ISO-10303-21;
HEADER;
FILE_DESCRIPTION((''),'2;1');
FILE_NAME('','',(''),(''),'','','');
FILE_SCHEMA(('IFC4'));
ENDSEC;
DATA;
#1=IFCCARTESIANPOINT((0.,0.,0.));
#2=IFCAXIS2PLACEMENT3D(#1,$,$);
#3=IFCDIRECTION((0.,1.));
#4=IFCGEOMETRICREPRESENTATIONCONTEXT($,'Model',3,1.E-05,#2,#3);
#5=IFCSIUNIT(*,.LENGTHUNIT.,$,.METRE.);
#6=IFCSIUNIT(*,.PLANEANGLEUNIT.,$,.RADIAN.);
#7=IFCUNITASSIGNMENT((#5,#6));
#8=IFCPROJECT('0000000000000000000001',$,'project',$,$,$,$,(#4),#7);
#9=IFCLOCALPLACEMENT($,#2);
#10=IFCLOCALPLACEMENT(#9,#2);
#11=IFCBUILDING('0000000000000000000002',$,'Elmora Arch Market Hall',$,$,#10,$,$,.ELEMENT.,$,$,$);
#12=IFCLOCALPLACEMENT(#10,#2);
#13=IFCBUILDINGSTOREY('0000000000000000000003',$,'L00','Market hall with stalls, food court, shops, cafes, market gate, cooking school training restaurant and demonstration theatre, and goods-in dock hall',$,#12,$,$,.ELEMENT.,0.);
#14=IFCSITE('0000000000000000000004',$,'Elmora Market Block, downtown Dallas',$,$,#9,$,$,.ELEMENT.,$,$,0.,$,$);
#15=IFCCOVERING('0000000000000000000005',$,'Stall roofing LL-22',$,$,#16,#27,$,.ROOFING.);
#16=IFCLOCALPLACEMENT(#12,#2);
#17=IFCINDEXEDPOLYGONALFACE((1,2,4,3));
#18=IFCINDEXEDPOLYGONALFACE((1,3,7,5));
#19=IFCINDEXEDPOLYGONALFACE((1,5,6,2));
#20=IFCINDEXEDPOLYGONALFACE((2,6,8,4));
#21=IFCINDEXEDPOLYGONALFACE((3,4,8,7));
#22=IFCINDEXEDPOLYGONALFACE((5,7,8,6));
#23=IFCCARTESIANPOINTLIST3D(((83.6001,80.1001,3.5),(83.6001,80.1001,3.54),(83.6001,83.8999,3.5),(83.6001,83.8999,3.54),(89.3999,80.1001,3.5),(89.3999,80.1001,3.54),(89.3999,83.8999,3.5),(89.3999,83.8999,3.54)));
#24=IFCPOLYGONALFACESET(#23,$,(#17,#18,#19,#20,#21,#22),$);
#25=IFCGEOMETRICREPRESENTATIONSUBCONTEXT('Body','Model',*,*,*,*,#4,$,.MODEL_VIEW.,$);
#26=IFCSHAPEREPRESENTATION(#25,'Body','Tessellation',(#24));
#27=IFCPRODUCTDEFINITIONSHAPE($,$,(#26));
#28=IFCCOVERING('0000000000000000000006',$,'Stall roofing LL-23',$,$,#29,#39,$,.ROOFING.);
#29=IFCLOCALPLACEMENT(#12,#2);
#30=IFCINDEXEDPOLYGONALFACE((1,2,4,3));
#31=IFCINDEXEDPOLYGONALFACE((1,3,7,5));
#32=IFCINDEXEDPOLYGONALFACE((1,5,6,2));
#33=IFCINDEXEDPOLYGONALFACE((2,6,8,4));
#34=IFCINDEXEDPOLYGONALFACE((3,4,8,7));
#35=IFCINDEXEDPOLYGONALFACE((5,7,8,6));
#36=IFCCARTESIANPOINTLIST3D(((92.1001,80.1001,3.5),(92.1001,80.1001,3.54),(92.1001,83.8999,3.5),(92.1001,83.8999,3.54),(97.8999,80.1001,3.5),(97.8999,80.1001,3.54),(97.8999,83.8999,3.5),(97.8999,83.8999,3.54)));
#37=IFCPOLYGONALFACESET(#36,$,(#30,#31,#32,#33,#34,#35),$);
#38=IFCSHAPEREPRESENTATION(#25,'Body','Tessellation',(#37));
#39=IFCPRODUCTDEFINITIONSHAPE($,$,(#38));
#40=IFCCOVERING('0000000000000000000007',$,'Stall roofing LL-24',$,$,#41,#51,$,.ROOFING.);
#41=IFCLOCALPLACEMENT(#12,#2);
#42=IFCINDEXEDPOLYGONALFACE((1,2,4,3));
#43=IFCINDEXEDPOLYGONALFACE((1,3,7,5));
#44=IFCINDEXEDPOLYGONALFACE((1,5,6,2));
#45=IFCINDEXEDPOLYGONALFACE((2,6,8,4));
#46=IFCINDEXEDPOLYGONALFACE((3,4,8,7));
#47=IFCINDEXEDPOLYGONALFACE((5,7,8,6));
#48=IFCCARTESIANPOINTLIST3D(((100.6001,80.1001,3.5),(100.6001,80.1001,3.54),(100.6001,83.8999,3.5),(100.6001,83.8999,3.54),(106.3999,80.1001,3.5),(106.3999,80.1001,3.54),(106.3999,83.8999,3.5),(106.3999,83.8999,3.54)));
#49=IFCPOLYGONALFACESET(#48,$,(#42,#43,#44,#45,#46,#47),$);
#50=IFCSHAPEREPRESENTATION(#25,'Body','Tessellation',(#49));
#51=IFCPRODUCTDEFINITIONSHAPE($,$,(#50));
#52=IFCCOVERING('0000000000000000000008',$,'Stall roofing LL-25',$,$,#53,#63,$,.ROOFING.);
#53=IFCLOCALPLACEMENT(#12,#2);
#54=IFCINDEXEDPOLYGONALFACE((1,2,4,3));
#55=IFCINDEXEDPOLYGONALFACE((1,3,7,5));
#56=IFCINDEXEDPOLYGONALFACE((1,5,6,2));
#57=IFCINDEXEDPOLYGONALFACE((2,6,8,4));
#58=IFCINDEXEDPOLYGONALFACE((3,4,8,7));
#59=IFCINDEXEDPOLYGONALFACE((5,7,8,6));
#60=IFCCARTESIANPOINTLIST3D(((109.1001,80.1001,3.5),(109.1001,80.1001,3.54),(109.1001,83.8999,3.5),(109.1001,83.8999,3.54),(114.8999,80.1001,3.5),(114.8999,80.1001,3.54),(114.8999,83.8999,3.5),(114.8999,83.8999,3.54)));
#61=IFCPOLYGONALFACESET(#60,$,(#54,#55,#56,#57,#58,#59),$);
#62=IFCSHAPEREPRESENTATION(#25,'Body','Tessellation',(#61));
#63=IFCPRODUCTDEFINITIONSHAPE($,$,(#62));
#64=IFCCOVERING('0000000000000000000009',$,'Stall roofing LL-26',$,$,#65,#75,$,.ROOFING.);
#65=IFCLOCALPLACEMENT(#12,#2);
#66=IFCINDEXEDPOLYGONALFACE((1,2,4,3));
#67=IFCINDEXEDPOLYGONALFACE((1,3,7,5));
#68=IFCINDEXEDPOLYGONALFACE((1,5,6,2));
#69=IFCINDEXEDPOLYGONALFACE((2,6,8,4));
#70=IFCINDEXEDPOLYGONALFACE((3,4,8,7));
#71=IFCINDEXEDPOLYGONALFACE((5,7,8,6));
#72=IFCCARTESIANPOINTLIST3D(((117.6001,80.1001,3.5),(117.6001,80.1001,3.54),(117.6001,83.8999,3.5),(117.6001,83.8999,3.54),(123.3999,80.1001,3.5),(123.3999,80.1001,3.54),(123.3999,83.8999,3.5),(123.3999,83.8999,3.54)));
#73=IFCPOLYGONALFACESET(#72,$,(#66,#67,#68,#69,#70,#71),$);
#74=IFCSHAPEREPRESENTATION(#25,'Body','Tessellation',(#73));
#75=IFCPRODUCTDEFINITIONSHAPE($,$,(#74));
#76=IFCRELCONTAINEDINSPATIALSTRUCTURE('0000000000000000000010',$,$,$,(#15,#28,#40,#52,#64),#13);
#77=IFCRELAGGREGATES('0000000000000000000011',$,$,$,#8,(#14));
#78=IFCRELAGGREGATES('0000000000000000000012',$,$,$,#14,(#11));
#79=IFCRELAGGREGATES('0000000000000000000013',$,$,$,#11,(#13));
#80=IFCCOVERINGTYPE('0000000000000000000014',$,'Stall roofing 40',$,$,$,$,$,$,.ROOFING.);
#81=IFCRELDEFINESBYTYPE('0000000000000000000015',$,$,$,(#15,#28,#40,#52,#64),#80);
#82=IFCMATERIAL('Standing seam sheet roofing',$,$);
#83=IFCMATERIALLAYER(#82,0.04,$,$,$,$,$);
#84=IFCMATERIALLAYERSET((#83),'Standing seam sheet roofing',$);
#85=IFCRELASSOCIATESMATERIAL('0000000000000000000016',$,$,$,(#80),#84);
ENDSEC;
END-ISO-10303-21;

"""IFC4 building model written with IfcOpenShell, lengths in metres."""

from ifc_helpers import new_model, si_unit, direction, frame, origin, place, context, subcontext, project, spatial, polyline, outline, extrude, material, layer, layer_set, type_object, element, save


model = new_model("IFC4")

# Units and contexts
model_context = context("Model", 3, precision=1e-05, world=origin(), true_north=direction((0.0, 1.0)))
body_context = subcontext(model_context, "Body", "Model", "MODEL_VIEW")
ifc_project = project(units=[si_unit("LENGTHUNIT", "METRE"), si_unit("PLANEANGLEUNIT", "RADIAN")], contexts=[model_context])

# Site, building, storey
site_placement = place(None, origin())
site = spatial("IfcSite", under=ifc_project, at=site_placement, Name="Elmora Market Block, downtown Dallas", CompositionType="ELEMENT", RefElevation=0.0)
building_placement = place(site_placement, origin())
building = spatial("IfcBuilding", under=site, at=building_placement, Name="Elmora Arch Market Hall", CompositionType="ELEMENT")
storey_placement = place(building_placement, origin())
storey = spatial("IfcBuildingStorey", under=building, at=storey_placement, Name="L00", Description="Market hall with stalls, food court, shops, cafes, market gate, cooking school training restaurant and demonstration theatre, and goods-in dock hall", CompositionType="ELEMENT", Elevation=0.0)

# Coverings
ifc_material_1 = material(Name="Standing seam sheet roofing")
ifc_layer_1 = layer(ifc_material_1, 0.04)
ifc_layer_set_1 = layer_set([ifc_layer_1], Name="Standing seam sheet roofing")
covering_type = type_object("IfcCoveringType", Name="Stall roofing 40", PredefinedType="ROOFING", material=ifc_layer_set_1)
covering_1_placement = place(storey_placement, frame((0.0, 0.0, 3.5)))
element("IfcCovering", 1, at=covering_1_placement, inside=storey, type_object=covering_type, Name="Stall roofing LL-22", PredefinedType="ROOFING", context=body_context, shape_type="SweptSolid", body=[
    extrude(outline(polyline([(89.3999, 80.1001), (83.6001, 80.1001), (83.6001, 83.8999), (89.3999, 83.8999), (89.3999, 80.1001)])), origin(), (0.0, 0.0, 1.0), 0.04),
])
covering_2_placement = place(storey_placement, frame((0.0, 0.0, 3.5)))
element("IfcCovering", 2, at=covering_2_placement, inside=storey, type_object=covering_type, Name="Stall roofing LL-23", PredefinedType="ROOFING", context=body_context, shape_type="SweptSolid", body=[
    extrude(outline(polyline([(97.8999, 80.1001), (92.1001, 80.1001), (92.1001, 83.8999), (97.8999, 83.8999), (97.8999, 80.1001)])), origin(), (0.0, 0.0, 1.0), 0.04),
])
covering_3_placement = place(storey_placement, frame((0.0, 0.0, 3.5)))
element("IfcCovering", 3, at=covering_3_placement, inside=storey, type_object=covering_type, Name="Stall roofing LL-24", PredefinedType="ROOFING", context=body_context, shape_type="SweptSolid", body=[
    extrude(outline(polyline([(106.3999, 80.1001), (100.6001, 80.1001), (100.6001, 83.8999), (106.3999, 83.8999), (106.3999, 80.1001)])), origin(), (0.0, 0.0, 1.0), 0.04),
])
covering_4_placement = place(storey_placement, frame((0.0, 0.0, 3.5)))
element("IfcCovering", 4, at=covering_4_placement, inside=storey, type_object=covering_type, Name="Stall roofing LL-25", PredefinedType="ROOFING", context=body_context, shape_type="SweptSolid", body=[
    extrude(outline(polyline([(114.8999, 80.1001), (109.1001, 80.1001), (109.1001, 83.8999), (114.8999, 83.8999), (114.8999, 80.1001)])), origin(), (0.0, 0.0, 1.0), 0.04),
])
covering_5_placement = place(storey_placement, frame((0.0, 0.0, 3.5)))
element("IfcCovering", 5, at=covering_5_placement, inside=storey, type_object=covering_type, Name="Stall roofing LL-26", PredefinedType="ROOFING", context=body_context, shape_type="SweptSolid", body=[
    extrude(outline(polyline([(123.3999, 80.1001), (117.6001, 80.1001), (117.6001, 83.8999), (123.3999, 83.8999), (123.3999, 80.1001)])), origin(), (0.0, 0.0, 1.0), 0.04),
])

save(model, "model.ifc")
